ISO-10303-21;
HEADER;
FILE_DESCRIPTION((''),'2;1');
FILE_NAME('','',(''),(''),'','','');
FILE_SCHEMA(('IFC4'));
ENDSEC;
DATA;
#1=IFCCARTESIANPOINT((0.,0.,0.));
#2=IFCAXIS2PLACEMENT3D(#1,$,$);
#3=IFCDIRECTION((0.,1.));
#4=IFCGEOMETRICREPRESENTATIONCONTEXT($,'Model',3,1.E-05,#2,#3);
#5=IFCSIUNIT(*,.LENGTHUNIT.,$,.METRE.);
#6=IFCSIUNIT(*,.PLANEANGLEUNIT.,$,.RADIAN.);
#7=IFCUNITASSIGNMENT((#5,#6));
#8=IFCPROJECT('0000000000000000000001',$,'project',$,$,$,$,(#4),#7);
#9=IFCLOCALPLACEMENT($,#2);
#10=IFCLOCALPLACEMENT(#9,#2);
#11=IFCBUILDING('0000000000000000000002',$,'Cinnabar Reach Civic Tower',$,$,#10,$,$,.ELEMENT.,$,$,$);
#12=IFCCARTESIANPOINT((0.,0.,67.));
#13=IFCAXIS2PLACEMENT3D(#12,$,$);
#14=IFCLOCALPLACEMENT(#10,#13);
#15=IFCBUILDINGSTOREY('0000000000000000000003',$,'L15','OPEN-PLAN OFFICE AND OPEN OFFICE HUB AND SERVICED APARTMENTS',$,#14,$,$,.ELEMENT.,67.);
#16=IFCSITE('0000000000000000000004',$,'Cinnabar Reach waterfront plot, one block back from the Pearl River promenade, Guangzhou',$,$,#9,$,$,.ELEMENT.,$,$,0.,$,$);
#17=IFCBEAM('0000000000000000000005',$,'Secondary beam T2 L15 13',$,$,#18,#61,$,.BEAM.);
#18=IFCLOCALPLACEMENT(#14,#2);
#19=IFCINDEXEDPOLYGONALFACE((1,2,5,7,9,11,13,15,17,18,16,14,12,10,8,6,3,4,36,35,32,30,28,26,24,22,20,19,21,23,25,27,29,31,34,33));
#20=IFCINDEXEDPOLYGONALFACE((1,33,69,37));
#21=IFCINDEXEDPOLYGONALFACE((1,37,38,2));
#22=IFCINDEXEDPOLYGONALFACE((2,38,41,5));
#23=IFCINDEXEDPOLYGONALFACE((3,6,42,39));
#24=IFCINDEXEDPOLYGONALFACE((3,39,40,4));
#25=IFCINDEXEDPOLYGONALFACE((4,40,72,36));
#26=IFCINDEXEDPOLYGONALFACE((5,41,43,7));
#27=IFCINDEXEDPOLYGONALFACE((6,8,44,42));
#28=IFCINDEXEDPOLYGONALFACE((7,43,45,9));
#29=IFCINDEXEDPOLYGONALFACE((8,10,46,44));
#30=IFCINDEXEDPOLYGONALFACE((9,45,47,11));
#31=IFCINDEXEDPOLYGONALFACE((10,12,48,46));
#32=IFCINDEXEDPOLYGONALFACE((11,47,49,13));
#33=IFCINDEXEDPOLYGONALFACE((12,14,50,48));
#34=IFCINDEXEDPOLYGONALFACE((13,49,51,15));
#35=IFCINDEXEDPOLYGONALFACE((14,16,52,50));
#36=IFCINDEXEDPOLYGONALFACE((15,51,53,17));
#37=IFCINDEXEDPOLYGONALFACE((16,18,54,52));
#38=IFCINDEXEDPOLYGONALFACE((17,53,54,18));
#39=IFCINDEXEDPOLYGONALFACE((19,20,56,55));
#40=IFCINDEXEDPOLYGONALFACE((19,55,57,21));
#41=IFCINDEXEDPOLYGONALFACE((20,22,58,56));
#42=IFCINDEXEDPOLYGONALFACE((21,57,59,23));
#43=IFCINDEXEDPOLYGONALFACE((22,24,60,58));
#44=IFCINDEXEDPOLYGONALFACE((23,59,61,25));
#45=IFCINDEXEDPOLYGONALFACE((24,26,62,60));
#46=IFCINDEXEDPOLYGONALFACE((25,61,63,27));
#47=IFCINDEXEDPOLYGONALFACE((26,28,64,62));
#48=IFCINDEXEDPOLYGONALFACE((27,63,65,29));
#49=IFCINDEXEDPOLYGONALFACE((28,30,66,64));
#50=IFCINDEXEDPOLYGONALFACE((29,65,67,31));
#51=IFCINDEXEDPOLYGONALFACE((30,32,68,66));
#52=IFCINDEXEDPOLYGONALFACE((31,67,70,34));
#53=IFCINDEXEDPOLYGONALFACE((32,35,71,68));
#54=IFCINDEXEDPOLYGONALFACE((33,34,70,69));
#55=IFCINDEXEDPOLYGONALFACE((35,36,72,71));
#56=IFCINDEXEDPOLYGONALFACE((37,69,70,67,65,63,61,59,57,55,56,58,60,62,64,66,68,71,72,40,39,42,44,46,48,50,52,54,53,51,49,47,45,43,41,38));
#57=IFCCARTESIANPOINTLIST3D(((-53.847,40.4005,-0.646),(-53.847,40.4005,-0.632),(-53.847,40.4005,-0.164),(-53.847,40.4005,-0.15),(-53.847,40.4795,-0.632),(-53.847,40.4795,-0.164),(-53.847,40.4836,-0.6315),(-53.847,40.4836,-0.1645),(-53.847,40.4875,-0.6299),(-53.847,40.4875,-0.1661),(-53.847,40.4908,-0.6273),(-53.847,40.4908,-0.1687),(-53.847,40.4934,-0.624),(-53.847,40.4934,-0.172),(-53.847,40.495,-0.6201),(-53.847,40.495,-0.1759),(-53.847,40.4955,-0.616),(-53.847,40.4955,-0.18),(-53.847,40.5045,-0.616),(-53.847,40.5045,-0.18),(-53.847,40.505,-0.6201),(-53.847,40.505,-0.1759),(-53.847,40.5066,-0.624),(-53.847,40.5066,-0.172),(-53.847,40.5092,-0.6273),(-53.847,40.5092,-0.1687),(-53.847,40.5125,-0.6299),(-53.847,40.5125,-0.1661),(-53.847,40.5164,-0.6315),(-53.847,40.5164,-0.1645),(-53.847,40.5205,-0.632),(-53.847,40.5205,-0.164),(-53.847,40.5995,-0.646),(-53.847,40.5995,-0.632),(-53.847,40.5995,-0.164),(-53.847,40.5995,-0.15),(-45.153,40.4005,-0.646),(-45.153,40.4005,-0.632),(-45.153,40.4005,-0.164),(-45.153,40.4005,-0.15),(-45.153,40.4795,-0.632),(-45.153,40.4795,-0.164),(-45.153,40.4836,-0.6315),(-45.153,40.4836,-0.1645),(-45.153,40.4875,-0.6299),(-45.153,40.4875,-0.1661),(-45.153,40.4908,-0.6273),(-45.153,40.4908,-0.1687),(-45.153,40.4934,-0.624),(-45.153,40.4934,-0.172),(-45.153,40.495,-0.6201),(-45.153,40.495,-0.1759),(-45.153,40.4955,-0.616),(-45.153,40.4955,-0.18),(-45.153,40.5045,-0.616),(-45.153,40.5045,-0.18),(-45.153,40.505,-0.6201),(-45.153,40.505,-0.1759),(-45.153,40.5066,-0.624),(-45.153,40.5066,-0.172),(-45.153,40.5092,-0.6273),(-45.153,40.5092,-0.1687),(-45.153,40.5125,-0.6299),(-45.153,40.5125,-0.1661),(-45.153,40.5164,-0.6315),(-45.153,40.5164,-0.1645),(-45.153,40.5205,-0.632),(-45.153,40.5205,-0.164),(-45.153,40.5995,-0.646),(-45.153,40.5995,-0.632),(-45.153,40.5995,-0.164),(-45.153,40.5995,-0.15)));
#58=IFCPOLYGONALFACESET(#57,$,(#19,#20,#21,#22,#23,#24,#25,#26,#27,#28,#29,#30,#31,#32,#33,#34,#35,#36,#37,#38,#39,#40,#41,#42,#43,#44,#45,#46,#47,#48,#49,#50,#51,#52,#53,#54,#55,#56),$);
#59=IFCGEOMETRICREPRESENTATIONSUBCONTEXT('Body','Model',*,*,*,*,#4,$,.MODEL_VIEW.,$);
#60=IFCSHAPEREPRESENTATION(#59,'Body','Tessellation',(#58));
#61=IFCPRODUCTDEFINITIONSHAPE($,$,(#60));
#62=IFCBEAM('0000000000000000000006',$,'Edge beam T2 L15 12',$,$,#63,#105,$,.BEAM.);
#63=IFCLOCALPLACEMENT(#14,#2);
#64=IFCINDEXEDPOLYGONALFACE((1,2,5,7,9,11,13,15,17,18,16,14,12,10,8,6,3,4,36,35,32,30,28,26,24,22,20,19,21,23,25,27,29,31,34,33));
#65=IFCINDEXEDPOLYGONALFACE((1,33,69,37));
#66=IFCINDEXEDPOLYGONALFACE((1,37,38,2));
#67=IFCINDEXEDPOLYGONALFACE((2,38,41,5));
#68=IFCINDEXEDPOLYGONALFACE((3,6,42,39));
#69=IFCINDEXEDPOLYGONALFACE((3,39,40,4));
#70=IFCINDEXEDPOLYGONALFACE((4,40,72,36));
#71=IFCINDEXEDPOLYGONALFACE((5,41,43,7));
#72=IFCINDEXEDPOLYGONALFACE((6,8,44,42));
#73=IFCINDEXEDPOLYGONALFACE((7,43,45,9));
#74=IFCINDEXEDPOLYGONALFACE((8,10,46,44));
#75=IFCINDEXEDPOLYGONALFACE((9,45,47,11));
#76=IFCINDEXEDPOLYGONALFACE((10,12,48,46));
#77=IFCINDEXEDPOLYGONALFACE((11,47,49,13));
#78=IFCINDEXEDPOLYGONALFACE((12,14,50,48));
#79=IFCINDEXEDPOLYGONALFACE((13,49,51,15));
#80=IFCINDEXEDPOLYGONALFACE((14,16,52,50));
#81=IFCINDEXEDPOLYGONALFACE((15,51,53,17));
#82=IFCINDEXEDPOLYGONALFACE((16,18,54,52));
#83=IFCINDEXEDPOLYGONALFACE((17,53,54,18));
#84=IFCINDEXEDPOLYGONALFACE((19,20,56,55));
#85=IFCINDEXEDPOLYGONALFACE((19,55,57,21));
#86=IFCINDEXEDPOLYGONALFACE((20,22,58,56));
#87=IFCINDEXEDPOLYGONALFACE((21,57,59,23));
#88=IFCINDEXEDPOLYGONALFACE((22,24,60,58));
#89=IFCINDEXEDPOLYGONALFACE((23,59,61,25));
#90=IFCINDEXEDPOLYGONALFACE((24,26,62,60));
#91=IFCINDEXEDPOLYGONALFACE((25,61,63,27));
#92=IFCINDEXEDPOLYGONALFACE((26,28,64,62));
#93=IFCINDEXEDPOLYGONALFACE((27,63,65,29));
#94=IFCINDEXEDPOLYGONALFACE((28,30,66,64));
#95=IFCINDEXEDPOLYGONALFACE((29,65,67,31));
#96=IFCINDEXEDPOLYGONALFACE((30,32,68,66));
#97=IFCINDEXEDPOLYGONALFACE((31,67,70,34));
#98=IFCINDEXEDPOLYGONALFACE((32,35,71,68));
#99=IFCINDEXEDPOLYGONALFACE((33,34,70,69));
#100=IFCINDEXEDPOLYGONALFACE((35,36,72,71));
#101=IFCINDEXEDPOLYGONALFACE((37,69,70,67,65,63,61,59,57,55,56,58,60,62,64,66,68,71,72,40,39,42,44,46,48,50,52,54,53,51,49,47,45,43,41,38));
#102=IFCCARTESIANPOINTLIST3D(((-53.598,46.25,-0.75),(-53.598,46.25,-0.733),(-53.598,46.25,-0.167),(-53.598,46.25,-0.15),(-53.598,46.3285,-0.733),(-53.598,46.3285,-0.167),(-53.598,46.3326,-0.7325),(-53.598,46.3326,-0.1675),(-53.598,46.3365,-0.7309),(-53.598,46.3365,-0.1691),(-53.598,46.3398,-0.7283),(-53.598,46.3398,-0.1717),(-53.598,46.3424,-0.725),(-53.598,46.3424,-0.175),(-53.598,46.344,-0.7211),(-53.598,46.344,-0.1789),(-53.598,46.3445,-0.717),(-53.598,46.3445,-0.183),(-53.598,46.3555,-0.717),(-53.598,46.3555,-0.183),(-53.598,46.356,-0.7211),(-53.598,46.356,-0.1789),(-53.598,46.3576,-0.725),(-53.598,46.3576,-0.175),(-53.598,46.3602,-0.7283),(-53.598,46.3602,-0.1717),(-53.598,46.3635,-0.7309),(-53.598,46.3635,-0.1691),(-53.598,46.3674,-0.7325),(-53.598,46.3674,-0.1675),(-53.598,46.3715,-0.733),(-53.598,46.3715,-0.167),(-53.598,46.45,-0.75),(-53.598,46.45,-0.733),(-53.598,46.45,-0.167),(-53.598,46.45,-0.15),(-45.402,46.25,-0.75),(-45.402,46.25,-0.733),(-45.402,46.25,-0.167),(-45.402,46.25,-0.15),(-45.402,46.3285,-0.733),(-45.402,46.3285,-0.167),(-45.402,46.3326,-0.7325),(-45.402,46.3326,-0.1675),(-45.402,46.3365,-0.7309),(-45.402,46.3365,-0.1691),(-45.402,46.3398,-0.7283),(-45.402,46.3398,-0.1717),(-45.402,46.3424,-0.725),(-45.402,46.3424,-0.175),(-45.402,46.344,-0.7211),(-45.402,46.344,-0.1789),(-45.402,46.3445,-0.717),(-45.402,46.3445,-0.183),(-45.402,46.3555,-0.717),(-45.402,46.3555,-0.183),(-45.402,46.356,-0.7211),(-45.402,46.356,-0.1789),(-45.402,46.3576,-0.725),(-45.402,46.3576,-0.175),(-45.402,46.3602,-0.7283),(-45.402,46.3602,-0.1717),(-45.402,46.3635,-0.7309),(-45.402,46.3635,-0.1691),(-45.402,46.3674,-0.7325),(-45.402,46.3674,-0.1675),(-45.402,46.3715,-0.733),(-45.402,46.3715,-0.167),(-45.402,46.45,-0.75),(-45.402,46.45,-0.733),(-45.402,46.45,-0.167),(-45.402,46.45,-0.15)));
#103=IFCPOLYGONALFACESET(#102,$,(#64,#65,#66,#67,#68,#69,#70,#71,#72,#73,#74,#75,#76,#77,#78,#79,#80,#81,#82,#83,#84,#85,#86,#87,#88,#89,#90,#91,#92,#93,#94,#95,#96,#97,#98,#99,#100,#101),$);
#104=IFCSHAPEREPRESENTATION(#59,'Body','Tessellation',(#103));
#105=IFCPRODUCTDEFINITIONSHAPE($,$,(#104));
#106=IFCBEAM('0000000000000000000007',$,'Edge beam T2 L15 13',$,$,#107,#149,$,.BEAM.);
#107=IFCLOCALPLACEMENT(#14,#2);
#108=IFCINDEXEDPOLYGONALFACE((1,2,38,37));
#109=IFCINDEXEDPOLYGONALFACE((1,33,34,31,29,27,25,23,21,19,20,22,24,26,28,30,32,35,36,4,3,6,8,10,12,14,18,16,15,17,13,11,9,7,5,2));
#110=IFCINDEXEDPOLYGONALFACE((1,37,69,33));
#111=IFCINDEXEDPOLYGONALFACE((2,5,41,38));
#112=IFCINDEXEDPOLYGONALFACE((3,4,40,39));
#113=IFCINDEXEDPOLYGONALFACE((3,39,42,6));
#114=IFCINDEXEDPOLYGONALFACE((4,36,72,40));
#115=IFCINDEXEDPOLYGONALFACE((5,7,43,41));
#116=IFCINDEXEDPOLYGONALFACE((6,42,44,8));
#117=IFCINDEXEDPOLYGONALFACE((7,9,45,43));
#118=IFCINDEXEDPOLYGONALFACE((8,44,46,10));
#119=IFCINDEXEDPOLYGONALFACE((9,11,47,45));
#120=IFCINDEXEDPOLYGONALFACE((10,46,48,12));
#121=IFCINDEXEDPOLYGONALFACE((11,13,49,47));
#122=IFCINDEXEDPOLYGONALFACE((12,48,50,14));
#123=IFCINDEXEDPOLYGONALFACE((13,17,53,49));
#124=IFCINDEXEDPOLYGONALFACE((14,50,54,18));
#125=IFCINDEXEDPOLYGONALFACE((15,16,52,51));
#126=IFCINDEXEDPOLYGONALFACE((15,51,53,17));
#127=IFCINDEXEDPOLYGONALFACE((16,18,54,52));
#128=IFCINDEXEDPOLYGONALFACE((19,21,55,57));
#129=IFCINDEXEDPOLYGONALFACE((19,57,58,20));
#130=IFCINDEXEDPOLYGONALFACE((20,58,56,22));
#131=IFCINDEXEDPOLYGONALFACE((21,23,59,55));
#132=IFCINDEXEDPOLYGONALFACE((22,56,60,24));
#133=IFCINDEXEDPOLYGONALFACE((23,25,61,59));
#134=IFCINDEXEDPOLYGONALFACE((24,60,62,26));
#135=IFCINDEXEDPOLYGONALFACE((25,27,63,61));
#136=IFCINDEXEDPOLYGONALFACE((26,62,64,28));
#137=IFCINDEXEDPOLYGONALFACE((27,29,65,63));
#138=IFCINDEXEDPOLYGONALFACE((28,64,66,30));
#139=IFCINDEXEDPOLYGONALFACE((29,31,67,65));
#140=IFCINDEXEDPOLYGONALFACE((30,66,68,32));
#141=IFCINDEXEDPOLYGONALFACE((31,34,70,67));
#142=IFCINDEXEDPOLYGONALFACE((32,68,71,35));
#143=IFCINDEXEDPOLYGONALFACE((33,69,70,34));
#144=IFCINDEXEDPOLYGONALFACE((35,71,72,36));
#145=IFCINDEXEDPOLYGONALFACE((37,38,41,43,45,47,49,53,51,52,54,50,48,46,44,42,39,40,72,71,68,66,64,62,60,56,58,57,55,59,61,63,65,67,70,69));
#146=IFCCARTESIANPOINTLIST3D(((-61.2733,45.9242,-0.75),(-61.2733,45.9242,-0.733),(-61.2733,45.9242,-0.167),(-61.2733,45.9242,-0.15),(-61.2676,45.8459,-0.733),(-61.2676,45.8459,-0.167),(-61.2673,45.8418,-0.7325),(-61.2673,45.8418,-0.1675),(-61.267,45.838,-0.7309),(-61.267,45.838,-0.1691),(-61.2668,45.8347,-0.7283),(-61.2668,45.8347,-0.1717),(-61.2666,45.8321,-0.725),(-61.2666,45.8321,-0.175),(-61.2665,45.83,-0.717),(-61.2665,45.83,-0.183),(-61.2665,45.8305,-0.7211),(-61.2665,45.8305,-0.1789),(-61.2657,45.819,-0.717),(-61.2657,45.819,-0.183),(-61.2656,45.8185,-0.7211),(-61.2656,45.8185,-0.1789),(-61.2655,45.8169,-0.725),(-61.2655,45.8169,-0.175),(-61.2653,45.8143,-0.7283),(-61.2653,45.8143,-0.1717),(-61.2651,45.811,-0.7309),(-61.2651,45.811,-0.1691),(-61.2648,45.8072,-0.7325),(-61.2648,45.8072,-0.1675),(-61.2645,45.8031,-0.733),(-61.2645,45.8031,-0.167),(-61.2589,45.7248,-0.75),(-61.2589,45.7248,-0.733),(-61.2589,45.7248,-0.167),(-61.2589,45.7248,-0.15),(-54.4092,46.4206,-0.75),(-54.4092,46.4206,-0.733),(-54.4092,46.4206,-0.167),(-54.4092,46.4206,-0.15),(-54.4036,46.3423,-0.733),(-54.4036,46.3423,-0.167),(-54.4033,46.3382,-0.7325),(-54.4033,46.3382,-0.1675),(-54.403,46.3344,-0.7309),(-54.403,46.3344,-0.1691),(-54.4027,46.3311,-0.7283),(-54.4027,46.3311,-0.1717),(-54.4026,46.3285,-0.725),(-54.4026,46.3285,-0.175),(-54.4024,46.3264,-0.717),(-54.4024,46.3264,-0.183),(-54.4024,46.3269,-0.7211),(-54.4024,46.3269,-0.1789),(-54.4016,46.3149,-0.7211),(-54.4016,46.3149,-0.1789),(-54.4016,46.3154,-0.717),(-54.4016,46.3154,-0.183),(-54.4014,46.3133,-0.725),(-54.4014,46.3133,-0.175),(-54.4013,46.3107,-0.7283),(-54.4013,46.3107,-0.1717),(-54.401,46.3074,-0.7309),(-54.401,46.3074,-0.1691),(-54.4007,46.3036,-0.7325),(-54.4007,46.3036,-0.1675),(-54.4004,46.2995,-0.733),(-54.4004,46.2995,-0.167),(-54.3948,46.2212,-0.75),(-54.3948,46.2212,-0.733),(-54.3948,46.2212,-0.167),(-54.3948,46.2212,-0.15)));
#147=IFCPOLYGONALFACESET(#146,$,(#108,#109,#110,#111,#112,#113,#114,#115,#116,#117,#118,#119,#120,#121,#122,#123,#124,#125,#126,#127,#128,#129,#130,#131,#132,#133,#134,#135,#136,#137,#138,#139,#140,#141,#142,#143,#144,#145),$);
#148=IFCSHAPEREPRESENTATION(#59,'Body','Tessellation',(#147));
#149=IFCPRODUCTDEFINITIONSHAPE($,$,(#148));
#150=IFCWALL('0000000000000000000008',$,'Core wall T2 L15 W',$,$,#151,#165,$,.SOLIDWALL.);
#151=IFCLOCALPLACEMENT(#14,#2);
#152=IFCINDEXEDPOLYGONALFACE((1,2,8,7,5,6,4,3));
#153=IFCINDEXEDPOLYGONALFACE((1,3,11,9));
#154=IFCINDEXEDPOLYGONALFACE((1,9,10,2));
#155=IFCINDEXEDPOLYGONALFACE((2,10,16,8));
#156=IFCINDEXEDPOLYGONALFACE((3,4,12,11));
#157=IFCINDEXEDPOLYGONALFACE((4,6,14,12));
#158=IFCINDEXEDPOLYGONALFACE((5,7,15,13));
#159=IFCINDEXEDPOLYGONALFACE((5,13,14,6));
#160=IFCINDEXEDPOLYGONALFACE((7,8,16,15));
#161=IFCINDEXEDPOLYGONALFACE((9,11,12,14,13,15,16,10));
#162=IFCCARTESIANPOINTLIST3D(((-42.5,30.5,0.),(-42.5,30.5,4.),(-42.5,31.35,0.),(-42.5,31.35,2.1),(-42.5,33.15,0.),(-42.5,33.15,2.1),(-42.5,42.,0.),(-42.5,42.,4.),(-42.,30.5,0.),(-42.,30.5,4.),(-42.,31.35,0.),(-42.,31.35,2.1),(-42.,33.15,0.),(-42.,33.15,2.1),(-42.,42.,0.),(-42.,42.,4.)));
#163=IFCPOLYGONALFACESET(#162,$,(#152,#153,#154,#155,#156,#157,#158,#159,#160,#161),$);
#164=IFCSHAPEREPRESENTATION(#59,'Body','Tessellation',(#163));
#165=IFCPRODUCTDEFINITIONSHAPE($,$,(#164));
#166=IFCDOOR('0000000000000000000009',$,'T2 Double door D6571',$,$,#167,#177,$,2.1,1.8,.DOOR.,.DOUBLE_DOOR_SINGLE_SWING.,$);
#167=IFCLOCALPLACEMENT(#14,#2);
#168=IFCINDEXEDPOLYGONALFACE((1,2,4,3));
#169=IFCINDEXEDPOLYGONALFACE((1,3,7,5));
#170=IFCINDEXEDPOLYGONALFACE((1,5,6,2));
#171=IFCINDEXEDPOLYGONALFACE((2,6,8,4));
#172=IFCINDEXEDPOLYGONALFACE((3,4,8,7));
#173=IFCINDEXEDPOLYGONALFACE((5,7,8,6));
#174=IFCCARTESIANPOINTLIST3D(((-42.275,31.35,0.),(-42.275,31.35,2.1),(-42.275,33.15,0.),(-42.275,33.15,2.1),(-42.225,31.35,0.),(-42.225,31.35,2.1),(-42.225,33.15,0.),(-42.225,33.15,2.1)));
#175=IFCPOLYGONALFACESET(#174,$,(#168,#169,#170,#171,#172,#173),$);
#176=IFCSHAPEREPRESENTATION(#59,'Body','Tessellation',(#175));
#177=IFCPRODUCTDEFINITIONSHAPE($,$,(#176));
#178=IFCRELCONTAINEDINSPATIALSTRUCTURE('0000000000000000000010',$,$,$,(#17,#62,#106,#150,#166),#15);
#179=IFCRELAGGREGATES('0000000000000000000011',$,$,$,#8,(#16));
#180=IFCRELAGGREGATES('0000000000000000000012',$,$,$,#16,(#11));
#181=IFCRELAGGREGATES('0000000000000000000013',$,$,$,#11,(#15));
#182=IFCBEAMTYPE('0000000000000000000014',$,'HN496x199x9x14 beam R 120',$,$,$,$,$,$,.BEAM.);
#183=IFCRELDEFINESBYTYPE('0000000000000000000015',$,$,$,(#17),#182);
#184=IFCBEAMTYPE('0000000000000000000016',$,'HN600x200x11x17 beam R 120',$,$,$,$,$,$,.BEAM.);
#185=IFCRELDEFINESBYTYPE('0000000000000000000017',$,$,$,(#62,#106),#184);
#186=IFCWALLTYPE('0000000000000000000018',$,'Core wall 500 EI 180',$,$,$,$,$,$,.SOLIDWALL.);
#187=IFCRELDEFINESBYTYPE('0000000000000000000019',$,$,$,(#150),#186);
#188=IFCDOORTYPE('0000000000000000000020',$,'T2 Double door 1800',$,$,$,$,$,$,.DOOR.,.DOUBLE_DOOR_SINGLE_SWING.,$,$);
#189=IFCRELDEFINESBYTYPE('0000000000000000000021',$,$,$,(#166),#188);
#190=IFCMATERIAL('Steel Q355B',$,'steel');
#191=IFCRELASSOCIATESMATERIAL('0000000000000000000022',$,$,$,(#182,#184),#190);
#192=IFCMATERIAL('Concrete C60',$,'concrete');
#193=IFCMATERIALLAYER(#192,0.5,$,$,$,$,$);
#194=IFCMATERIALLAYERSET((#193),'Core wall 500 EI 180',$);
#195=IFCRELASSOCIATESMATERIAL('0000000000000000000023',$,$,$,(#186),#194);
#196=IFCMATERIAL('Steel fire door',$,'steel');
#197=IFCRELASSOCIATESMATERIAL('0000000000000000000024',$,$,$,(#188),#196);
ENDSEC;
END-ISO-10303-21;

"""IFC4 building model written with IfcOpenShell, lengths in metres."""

from ifc_helpers import new_model, si_unit, direction, frame, frame_2d, origin, origin_2d, place, context, subcontext, project, spatial, rectangle, i_section, extrude, material, layer, layer_set, material_profile, profile_set, type_object, element, fill, save


model = new_model("IFC4")

# Units and contexts
model_context = context("Model", 3, precision=1e-05, world=origin(), true_north=direction((0.0, 1.0)))
body_context = subcontext(model_context, "Body", "Model", "MODEL_VIEW")
ifc_project = project(units=[si_unit("LENGTHUNIT", "METRE"), si_unit("PLANEANGLEUNIT", "RADIAN")], contexts=[model_context])

# Site, building, storey
site_placement = place(None, origin())
site = spatial("IfcSite", under=ifc_project, at=site_placement, Name="Cinnabar Reach waterfront plot, one block back from the Pearl River promenade, Guangzhou", CompositionType="ELEMENT", RefElevation=0.0)
building_placement = place(site_placement, origin())
building = spatial("IfcBuilding", under=site, at=building_placement, Name="Cinnabar Reach Civic Tower", CompositionType="ELEMENT")
storey_placement = place(building_placement, frame((0.0, 0.0, 67.0)))
storey = spatial("IfcBuildingStorey", under=building, at=storey_placement, Name="L15", Description="OPEN-PLAN OFFICE AND OPEN OFFICE HUB AND SERVICED APARTMENTS", CompositionType="ELEMENT", Elevation=67.0)

# Shared definitions
ifc_material_1 = material(Name="Concrete C60", Category="concrete")

# Beams
ifc_material_2 = material(Name="Steel Q355B", Category="steel")
ifc_material_profile_1 = material_profile(ifc_material_2, i_section(OverallWidth=0.199, OverallDepth=0.496, WebThickness=0.009, FlangeThickness=0.014, FilletRadius=0.016, at=origin_2d()), Name="HN496x199x9x14")
ifc_profile_set_1 = profile_set([ifc_material_profile_1], Name="Steel Q355B")
beam_type_1 = type_object("IfcBeamType", Name="HN496x199x9x14 beam R 120", PredefinedType="BEAM", material=ifc_profile_set_1)
beam_1_placement = place(storey_placement, frame((-53.847, 40.5, -0.398), z_axis=(1.0, 0.0, 0.0), x_axis=(0.0, 1.0, 0.0)))
element("IfcBeam", 1, at=beam_1_placement, inside=storey, type_object=beam_type_1, Name="Secondary beam T2 L15 13", PredefinedType="BEAM", context=body_context, shape_type="SweptSolid", body=[
    extrude(i_section(OverallWidth=0.199, OverallDepth=0.496, WebThickness=0.009, FlangeThickness=0.014, FilletRadius=0.016, at=origin_2d()), origin(), (0.0, 0.0, 1.0), 8.694),
])
ifc_material_profile_2 = material_profile(ifc_material_2, i_section(OverallWidth=0.2, OverallDepth=0.6, WebThickness=0.011, FlangeThickness=0.017, FilletRadius=0.016, at=origin_2d()), Name="HN600x200x11x17")
ifc_profile_set_2 = profile_set([ifc_material_profile_2], Name="Steel Q355B")
beam_type_2 = type_object("IfcBeamType", Name="HN600x200x11x17 beam R 120", PredefinedType="BEAM", material=ifc_profile_set_2)
beam_2_placement = place(storey_placement, frame((-45.402, 46.35, -0.45), z_axis=(-1.0, 0.0, 0.0), x_axis=(0.0, -1.0, 0.0)))
element("IfcBeam", 2, at=beam_2_placement, inside=storey, type_object=beam_type_2, Name="Edge beam T2 L15 12", PredefinedType="BEAM", context=body_context, shape_type="SweptSolid", body=[
    extrude(i_section(OverallWidth=0.2, OverallDepth=0.6, WebThickness=0.011, FlangeThickness=0.017, FilletRadius=0.016, at=origin_2d()), origin(), (0.0, 0.0, 1.0), 8.196),
])
beam_3_placement = place(storey_placement, frame((-54.402, 46.3209, -0.45), z_axis=(-0.997395, -0.07213, 0.0), x_axis=(0.07213, -0.997395, 0.0)))
element("IfcBeam", 3, at=beam_3_placement, inside=storey, type_object=beam_type_2, Name="Edge beam T2 L15 13", PredefinedType="BEAM", context=body_context, shape_type="SweptSolid", body=[
    extrude(i_section(OverallWidth=0.2, OverallDepth=0.6, WebThickness=0.011, FlangeThickness=0.017, FilletRadius=0.016, at=origin_2d()), origin(), (0.0, 0.0, 1.0), 6.882),
])

# Wall, opening, door
ifc_layer_1 = layer(ifc_material_1, 0.5)
ifc_layer_set_1 = layer_set([ifc_layer_1], Name="Core wall 500 EI 180")
wall_type_1 = type_object("IfcWallType", Name="Core wall 500 EI 180", PredefinedType="SOLIDWALL", material=ifc_layer_set_1)
wall_1_placement = place(storey_placement, frame((-42.25, 42.0, 0.0), z_axis=(0.0, 0.0, 1.0), x_axis=(0.0, -1.0, 0.0)))
wall_1 = element("IfcWall", 4, at=wall_1_placement, inside=storey, type_object=wall_type_1, Name="Core wall T2 L15 W", PredefinedType="SOLIDWALL", context=body_context, shape_type="SweptSolid", body=[
    extrude(rectangle(XDim=11.5, YDim=0.5, at=frame_2d((5.75, 0.0))), origin(), (0.0, 0.0, 1.0), 4.0),
])
opening_1_placement = place(wall_1_placement, frame((8.85, 0.0, 0.0)))
opening_1 = element("IfcOpeningElement", 5, at=opening_1_placement, cuts=wall_1, PredefinedType="OPENING", context=body_context, shape_type="SweptSolid", body=[
    extrude(rectangle(XDim=1.8, YDim=2.1, at=frame_2d((0.9, 1.05))), frame((0.0, 0.26, 0.0), z_axis=(0.0, -1.0, 0.0), x_axis=(1.0, 0.0, 0.0)), (0.0, 0.0, 1.0), 0.52),
])
ifc_material_3 = material(Name="Steel fire door", Category="steel")
door_type_1 = type_object("IfcDoorType", Name="T2 Double door 1800", OperationType="DOUBLE_DOOR_SINGLE_SWING", PredefinedType="DOOR", material=ifc_material_3)
door_1_placement = place(opening_1_placement, frame((1.8, 0.0, 0.0), z_axis=(0.0, 0.0, 1.0), x_axis=(-1.0, 0.0, 0.0)))
door_1 = element("IfcDoor", 6, at=door_1_placement, inside=storey, type_object=door_type_1, Name="T2 Double door D6571", OperationType="DOUBLE_DOOR_SINGLE_SWING", OverallHeight=2.1, OverallWidth=1.8, PredefinedType="DOOR", context=body_context, shape_type="SweptSolid", body=[
    extrude(rectangle(XDim=1.8, YDim=2.1, at=frame_2d((0.9, 1.05))), frame((0.0, 0.025, 0.0), z_axis=(0.0, -1.0, 0.0), x_axis=(1.0, 0.0, 0.0)), (0.0, 0.0, 1.0), 0.05),
])
fill(opening_1, door_1)

save(model, "model.ifc")
